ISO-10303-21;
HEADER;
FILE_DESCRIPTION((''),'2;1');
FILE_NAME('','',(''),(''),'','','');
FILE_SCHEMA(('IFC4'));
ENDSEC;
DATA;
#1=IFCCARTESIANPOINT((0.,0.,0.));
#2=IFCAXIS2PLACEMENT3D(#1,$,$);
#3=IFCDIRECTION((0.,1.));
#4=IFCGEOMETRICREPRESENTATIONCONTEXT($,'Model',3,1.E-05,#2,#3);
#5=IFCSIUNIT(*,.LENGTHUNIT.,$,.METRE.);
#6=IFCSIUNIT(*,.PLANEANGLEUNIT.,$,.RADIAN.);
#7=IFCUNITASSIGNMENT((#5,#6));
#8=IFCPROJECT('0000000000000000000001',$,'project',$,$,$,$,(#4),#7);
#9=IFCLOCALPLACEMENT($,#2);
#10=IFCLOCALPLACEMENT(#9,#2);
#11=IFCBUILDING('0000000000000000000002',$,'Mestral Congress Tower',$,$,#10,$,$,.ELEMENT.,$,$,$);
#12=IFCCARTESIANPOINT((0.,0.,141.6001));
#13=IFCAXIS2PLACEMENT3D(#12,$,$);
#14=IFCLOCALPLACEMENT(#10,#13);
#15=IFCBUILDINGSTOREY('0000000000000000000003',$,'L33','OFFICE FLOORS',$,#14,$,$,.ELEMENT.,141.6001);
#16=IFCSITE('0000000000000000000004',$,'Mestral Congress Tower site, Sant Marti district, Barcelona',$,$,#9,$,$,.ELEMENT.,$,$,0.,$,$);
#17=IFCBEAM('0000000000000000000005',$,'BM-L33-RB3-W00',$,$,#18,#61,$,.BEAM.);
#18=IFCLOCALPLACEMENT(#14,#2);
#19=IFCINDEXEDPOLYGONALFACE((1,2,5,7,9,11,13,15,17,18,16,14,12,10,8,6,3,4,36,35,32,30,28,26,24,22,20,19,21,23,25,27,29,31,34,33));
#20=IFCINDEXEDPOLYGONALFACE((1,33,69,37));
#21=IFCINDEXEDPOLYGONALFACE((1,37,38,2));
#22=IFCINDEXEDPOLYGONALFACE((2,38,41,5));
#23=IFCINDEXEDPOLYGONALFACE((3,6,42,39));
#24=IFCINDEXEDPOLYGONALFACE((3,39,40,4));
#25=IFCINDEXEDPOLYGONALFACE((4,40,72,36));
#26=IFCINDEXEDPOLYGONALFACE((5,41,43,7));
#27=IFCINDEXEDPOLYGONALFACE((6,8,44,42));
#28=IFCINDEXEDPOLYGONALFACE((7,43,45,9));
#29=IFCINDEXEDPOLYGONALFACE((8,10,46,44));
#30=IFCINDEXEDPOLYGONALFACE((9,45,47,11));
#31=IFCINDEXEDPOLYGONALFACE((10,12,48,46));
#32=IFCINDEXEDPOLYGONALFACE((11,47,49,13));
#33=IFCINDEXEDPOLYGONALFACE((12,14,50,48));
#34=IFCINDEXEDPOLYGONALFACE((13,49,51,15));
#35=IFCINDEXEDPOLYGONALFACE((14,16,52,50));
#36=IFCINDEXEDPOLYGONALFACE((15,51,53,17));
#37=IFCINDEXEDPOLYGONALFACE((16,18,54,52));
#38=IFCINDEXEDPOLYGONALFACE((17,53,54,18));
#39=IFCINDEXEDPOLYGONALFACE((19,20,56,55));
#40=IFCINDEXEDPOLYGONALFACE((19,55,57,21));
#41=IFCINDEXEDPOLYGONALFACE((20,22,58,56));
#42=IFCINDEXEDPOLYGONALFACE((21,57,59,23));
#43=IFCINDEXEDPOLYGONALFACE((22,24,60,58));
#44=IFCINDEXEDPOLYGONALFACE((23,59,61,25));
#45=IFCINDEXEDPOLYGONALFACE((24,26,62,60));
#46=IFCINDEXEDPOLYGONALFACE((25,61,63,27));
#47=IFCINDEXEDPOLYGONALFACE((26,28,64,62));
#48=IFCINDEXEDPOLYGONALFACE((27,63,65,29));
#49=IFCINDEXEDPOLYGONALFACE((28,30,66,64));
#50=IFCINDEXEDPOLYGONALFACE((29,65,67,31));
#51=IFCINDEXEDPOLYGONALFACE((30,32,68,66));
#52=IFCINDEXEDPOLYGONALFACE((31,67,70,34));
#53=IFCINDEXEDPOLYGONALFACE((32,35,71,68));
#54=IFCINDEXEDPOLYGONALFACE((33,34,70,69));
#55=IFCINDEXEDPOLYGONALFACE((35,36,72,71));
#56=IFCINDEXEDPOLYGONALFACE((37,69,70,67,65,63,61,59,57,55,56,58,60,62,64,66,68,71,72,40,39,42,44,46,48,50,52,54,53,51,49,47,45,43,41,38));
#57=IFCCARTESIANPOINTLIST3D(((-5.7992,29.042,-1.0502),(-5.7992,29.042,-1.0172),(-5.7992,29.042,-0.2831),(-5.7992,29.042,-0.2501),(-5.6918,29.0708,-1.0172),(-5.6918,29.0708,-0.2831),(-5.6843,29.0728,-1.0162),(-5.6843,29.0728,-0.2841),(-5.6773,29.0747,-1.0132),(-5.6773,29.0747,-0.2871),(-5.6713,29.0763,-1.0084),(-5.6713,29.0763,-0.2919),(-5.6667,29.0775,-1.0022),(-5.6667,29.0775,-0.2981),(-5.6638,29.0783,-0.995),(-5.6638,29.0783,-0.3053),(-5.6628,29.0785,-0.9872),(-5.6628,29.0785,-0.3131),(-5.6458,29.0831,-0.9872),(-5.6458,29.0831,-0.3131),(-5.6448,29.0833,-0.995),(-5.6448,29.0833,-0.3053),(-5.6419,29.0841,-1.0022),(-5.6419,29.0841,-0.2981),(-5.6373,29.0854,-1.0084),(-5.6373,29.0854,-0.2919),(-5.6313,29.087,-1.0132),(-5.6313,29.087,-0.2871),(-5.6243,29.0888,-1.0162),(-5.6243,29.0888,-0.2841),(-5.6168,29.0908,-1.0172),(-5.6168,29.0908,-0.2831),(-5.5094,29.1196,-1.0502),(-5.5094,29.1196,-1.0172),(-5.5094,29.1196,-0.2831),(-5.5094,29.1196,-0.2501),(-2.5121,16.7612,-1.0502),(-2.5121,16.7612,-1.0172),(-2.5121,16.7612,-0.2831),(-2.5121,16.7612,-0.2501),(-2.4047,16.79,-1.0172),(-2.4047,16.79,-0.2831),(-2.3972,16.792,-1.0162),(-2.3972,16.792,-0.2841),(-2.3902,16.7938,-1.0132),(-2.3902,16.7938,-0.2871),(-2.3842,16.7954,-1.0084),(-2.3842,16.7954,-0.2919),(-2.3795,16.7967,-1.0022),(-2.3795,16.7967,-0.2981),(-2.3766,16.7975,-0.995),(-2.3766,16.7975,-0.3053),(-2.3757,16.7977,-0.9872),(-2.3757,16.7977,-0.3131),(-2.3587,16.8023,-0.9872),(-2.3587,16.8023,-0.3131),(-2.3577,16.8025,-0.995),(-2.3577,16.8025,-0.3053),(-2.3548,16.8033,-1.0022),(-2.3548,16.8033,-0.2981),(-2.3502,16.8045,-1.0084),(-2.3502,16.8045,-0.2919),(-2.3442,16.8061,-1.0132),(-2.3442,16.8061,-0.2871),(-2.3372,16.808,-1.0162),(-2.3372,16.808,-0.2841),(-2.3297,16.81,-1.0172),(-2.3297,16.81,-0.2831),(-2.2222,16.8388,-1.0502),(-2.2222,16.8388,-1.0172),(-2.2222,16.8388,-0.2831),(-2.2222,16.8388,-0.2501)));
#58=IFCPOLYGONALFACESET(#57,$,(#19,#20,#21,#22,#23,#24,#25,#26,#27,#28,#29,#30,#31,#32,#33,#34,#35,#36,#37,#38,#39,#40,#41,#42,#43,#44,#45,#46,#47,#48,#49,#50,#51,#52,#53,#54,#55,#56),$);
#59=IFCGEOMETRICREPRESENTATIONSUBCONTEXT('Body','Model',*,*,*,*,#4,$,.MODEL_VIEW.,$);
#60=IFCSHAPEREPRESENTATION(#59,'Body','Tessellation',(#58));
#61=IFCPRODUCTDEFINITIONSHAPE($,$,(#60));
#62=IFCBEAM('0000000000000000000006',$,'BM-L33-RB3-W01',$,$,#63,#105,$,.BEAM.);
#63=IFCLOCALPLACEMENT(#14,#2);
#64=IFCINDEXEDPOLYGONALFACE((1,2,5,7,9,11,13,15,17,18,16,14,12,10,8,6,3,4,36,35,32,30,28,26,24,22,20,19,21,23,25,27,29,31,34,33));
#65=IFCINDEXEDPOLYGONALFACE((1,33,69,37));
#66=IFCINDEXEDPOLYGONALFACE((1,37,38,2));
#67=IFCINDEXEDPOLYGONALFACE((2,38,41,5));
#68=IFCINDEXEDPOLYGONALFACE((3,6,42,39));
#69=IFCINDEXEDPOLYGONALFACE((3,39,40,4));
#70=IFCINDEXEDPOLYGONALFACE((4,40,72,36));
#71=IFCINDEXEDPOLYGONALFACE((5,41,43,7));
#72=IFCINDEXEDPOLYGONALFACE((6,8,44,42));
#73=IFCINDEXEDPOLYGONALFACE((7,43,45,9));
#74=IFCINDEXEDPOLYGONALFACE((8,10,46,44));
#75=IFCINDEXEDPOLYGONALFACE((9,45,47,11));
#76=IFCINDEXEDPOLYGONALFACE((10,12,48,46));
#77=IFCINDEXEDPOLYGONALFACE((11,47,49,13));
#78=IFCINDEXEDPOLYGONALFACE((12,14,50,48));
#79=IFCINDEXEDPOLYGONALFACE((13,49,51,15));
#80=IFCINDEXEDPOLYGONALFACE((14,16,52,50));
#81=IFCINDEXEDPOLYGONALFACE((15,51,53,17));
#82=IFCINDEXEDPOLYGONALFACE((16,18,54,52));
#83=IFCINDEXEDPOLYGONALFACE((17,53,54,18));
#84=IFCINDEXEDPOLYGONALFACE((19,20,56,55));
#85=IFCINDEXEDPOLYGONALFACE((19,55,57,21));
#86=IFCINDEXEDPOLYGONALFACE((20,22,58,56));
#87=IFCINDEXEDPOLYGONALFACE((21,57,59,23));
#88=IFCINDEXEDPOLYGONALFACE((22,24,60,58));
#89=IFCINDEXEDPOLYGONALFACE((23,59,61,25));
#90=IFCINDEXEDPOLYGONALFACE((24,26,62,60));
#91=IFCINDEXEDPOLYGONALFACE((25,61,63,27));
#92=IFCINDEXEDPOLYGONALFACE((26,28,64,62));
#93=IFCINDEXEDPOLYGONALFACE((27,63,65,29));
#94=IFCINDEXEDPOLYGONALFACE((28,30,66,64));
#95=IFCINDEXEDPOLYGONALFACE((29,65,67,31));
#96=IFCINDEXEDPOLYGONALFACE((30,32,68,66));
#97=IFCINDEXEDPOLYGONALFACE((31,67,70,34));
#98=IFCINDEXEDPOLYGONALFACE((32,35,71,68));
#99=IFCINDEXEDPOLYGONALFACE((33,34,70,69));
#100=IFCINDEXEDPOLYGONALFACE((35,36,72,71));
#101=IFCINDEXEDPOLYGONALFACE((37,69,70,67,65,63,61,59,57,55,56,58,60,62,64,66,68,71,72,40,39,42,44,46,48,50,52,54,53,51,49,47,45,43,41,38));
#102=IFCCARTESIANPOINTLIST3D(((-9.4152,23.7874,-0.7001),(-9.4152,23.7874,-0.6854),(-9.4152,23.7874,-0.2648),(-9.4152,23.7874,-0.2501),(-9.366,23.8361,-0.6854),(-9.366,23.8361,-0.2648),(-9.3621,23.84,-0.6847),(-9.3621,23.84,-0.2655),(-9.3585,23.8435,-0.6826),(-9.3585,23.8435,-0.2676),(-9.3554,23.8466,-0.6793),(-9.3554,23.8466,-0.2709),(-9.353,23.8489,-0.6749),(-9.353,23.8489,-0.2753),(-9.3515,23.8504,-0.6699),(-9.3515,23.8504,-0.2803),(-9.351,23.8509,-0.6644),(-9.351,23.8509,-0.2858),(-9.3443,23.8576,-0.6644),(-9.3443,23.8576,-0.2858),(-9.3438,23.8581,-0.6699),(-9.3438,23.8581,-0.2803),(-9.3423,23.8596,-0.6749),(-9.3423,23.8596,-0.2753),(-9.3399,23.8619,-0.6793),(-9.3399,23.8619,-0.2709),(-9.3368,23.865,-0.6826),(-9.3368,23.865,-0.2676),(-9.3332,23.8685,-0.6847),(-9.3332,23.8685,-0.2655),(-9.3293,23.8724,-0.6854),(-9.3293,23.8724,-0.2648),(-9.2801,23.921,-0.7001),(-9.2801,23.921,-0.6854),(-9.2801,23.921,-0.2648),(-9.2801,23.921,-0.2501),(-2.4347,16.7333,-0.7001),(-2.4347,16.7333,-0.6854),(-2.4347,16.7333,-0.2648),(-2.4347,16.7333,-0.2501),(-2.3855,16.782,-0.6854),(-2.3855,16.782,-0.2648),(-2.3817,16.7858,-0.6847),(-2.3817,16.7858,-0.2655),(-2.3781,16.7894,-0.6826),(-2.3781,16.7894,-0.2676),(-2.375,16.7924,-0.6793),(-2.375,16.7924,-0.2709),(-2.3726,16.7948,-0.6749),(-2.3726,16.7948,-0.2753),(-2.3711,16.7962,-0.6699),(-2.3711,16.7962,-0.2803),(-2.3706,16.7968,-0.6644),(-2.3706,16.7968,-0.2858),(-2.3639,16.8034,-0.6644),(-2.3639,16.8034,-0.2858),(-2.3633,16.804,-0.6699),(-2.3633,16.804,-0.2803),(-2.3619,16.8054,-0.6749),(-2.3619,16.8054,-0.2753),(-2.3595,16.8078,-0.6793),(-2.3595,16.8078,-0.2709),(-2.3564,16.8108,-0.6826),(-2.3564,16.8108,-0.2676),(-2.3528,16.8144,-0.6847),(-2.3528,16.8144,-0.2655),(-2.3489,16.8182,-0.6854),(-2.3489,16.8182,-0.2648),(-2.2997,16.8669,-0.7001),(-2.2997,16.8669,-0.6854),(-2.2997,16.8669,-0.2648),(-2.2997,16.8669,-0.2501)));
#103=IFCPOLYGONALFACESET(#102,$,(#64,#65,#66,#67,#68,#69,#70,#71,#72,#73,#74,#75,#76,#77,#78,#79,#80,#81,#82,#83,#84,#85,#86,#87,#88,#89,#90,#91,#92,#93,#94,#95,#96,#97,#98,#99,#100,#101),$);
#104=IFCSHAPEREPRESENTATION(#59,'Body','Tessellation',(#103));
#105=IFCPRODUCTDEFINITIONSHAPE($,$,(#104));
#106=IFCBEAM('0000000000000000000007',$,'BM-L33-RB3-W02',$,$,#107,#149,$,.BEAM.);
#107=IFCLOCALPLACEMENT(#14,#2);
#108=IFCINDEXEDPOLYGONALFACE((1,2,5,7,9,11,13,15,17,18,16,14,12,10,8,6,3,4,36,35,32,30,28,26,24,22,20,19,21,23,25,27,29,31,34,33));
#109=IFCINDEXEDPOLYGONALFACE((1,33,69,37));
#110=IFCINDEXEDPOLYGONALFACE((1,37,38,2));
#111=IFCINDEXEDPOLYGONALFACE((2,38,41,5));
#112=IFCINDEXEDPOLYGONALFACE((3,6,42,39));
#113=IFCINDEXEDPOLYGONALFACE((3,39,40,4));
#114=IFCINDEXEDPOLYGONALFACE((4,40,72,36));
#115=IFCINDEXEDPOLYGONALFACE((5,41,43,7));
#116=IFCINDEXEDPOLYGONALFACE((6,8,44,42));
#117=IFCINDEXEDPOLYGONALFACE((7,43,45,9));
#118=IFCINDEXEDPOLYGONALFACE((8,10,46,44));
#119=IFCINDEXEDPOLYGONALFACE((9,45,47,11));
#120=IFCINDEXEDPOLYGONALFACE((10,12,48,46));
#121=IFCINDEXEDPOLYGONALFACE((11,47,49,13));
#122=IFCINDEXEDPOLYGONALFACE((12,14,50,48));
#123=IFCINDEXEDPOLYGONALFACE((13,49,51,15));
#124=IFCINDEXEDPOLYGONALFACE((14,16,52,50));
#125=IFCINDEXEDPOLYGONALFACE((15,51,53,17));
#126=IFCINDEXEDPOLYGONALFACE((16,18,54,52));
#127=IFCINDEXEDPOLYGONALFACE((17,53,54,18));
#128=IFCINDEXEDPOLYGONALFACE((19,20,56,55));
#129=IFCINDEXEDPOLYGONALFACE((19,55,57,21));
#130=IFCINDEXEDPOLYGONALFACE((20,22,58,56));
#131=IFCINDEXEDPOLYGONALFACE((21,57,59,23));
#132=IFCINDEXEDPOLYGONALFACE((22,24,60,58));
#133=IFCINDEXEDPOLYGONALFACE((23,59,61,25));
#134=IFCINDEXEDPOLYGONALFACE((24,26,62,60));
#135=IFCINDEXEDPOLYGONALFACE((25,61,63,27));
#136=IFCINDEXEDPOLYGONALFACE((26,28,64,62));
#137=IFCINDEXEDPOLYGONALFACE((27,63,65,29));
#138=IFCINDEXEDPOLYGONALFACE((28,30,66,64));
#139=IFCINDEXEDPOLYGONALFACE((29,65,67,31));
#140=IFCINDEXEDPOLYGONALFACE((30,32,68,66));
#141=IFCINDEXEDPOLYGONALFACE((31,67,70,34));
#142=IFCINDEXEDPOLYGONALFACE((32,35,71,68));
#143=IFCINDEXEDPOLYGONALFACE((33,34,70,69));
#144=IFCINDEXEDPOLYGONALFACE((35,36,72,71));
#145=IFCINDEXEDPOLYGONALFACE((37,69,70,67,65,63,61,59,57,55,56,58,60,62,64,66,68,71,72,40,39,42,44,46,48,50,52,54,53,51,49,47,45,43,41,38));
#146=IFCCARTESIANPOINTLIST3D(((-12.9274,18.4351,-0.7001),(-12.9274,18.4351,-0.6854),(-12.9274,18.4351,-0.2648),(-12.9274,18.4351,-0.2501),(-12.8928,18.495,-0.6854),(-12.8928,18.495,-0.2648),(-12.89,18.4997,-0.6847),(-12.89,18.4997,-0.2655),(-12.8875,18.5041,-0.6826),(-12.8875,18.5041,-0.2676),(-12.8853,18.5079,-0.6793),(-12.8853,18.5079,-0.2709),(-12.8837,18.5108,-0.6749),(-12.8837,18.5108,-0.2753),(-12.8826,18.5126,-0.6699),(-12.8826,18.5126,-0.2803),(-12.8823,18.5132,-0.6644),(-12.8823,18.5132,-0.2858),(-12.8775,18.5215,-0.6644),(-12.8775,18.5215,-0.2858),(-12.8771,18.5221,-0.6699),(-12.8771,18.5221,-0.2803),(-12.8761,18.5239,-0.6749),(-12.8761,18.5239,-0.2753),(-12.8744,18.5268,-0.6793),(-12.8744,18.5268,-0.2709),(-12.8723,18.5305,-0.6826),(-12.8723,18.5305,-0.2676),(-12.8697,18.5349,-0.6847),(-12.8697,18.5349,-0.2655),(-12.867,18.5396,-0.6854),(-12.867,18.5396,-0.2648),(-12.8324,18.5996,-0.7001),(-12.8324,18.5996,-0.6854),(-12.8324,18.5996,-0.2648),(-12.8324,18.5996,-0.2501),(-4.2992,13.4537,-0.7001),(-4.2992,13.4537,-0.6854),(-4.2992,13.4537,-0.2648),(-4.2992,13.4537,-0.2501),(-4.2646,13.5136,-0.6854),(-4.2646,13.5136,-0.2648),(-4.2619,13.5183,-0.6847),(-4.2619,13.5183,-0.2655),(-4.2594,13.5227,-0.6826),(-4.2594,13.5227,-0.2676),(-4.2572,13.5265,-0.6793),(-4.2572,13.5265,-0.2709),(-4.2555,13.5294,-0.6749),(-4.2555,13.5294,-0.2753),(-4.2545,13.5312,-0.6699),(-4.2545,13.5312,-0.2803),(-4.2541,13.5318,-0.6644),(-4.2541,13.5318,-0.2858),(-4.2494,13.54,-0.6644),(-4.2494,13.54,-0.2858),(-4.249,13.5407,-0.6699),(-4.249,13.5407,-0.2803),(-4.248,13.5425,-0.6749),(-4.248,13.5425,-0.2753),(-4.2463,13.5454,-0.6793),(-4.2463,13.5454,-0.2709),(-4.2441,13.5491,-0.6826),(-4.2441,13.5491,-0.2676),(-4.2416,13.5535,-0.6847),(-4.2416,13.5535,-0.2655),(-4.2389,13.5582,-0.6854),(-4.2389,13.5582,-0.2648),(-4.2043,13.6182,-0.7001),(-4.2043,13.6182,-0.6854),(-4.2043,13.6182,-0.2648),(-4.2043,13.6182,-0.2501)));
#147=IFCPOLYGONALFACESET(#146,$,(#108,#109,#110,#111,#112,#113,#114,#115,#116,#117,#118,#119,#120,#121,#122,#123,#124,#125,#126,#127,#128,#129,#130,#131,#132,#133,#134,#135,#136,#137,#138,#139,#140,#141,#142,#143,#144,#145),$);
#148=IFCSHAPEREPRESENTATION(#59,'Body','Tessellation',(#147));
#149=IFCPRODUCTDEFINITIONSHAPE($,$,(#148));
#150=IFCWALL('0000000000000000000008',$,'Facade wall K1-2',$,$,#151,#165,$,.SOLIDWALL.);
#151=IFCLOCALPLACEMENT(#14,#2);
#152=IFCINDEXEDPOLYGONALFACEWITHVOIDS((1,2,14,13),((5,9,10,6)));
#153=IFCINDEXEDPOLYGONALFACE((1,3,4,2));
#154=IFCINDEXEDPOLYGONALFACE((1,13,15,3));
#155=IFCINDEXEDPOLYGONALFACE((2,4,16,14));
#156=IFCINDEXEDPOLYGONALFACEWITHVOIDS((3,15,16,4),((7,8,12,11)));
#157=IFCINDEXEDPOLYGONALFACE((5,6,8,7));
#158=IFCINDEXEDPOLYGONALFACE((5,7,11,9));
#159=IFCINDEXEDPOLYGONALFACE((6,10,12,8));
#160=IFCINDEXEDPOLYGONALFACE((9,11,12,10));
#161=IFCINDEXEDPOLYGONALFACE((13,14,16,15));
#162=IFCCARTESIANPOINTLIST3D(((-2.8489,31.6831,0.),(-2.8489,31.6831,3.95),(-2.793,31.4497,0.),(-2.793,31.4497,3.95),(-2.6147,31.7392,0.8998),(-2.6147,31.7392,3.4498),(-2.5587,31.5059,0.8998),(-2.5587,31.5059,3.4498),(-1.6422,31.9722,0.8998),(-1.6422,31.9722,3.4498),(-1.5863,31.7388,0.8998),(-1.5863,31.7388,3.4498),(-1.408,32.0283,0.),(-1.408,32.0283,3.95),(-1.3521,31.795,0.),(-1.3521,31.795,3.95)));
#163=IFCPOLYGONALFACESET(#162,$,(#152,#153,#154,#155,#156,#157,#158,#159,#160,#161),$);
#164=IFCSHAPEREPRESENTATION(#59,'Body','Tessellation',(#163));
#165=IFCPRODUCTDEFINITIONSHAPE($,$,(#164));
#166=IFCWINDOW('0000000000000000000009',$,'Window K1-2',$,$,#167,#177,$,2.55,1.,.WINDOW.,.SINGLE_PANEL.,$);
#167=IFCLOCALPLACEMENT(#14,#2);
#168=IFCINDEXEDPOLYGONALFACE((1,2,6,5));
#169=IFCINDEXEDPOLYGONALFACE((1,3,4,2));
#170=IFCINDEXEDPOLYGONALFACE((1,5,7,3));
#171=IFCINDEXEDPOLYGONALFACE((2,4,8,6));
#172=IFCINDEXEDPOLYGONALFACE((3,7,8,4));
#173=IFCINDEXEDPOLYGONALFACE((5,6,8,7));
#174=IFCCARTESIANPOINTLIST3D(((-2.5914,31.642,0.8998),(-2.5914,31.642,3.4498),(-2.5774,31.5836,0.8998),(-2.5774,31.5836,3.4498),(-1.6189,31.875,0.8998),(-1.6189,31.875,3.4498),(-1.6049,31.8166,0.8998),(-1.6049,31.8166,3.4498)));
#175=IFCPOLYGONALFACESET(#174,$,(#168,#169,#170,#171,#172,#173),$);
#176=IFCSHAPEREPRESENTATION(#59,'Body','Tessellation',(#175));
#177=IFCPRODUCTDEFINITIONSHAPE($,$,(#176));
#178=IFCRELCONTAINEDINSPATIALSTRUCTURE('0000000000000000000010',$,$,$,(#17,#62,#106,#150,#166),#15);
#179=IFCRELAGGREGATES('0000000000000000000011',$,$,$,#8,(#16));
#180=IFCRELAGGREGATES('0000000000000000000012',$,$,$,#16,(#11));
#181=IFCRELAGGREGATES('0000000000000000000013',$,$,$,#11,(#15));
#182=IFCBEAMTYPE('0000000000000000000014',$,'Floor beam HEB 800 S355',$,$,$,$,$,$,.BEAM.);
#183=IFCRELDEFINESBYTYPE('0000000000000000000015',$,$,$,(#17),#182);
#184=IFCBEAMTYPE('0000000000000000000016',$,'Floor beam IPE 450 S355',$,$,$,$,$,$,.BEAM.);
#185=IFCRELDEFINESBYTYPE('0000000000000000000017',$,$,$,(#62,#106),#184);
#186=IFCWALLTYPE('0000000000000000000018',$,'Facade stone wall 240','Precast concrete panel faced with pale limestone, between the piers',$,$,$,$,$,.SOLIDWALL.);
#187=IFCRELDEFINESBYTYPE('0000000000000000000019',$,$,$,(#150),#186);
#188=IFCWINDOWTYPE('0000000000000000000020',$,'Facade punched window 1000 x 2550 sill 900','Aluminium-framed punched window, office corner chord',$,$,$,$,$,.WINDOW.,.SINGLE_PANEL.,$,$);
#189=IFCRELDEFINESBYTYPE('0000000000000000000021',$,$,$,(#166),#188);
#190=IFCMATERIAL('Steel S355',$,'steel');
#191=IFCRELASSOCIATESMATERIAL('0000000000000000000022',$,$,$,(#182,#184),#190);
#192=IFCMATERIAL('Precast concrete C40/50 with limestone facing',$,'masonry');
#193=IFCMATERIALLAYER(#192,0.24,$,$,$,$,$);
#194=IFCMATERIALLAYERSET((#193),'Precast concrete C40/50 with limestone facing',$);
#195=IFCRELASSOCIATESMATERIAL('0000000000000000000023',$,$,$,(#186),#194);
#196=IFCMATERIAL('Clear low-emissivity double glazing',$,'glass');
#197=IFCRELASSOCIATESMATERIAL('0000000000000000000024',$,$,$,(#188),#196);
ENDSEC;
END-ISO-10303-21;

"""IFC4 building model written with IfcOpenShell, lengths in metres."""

from ifc_helpers import new_model, si_unit, direction, frame, frame_2d, origin, origin_2d, place, context, subcontext, project, spatial, rectangle, i_section, extrude, material, layer, layer_set, material_profile, profile_set, type_object, element, fill, save


model = new_model("IFC4")

# Units and contexts
model_context = context("Model", 3, precision=1e-05, world=origin(), true_north=direction((0.0, 1.0)))
body_context = subcontext(model_context, "Body", "Model", "MODEL_VIEW")
ifc_project = project(units=[si_unit("LENGTHUNIT", "METRE"), si_unit("PLANEANGLEUNIT", "RADIAN")], contexts=[model_context])

# Site, building, storey
site_placement = place(None, origin())
site = spatial("IfcSite", under=ifc_project, at=site_placement, Name="Mestral Congress Tower site, Sant Marti district, Barcelona", CompositionType="ELEMENT", RefElevation=0.0)
building_placement = place(site_placement, origin())
building = spatial("IfcBuilding", under=site, at=building_placement, Name="Mestral Congress Tower", CompositionType="ELEMENT")
storey_placement = place(building_placement, frame((0.0, 0.0, 141.6001)))
storey = spatial("IfcBuildingStorey", under=building, at=storey_placement, Name="L33", Description="OFFICE FLOORS", CompositionType="ELEMENT", Elevation=141.6001)

# Beams
ifc_material_1 = material(Name="Steel S355", Category="steel")
ifc_material_profile_1 = material_profile(ifc_material_1, i_section(OverallWidth=0.3, OverallDepth=0.8, WebThickness=0.0176, FlangeThickness=0.033, FilletRadius=0.03, at=origin_2d()), Name="HEB 800")
ifc_profile_set_1 = profile_set([ifc_material_profile_1], Name="Steel S355")
beam_type_1 = type_object("IfcBeamType", Name="Floor beam HEB 800 S355", PredefinedType="BEAM", material=ifc_profile_set_1)
beam_1_placement = place(storey_placement, frame((-5.6543, 29.0808, -0.6501), z_axis=(0.258561, -0.965995, 0.0), x_axis=(0.965995, 0.258561, 0.0)))
element("IfcBeam", 1, at=beam_1_placement, inside=storey, type_object=beam_type_1, Name="BM-L33-RB3-W00", PredefinedType="BEAM", context=body_context, shape_type="SweptSolid", body=[
    extrude(i_section(OverallWidth=0.3, OverallDepth=0.8, WebThickness=0.0176, FlangeThickness=0.033, FilletRadius=0.03, at=origin_2d()), origin(), (0.0, 0.0, 1.0), 12.7131),
])
ifc_material_profile_2 = material_profile(ifc_material_1, i_section(OverallWidth=0.1899, OverallDepth=0.45, WebThickness=0.0095, FlangeThickness=0.0146, FilletRadius=0.021, at=origin_2d()), Name="IPE 450")
ifc_profile_set_2 = profile_set([ifc_material_profile_2], Name="Steel S355")
beam_type_2 = type_object("IfcBeamType", Name="Floor beam IPE 450 S355", PredefinedType="BEAM", material=ifc_profile_set_2)
beam_2_placement = place(storey_placement, frame((-9.3477, 23.8542, -0.4751), z_axis=(0.703382, -0.710812, 0.0), x_axis=(0.710812, 0.703382, 0.0)))
element("IfcBeam", 2, at=beam_2_placement, inside=storey, type_object=beam_type_2, Name="BM-L33-RB3-W01", PredefinedType="BEAM", context=body_context, shape_type="SweptSolid", body=[
    extrude(i_section(OverallWidth=0.1899, OverallDepth=0.45, WebThickness=0.0095, FlangeThickness=0.0146, FilletRadius=0.021, at=origin_2d()), origin(), (0.0, 0.0, 1.0), 9.9241),
])
beam_3_placement = place(storey_placement, frame((-12.8799, 18.5173, -0.4751), z_axis=(0.866027, -0.499998, 0.0), x_axis=(0.499998, 0.866027, 0.0)))
element("IfcBeam", 3, at=beam_3_placement, inside=storey, type_object=beam_type_2, Name="BM-L33-RB3-W02", PredefinedType="BEAM", context=body_context, shape_type="SweptSolid", body=[
    extrude(i_section(OverallWidth=0.1899, OverallDepth=0.45, WebThickness=0.0095, FlangeThickness=0.0146, FilletRadius=0.021, at=origin_2d()), origin(), (0.0, 0.0, 1.0), 9.9629),
])

# Wall, opening, window
ifc_material_2 = material(Name="Precast concrete C40/50 with limestone facing", Category="masonry")
ifc_layer_1 = layer(ifc_material_2, 0.24)
ifc_layer_set_1 = layer_set([ifc_layer_1], Name="Precast concrete C40/50 with limestone facing")
wall_type_1 = type_object("IfcWallType", Name="Facade stone wall 240", Description="Precast concrete panel faced with pale limestone, between the piers", PredefinedType="SOLIDWALL", material=ifc_layer_set_1)
wall_1_placement = place(storey_placement, frame((-1.3801, 31.9116, 0.0), z_axis=(0.0, 0.0, 1.0), x_axis=(-0.97248, -0.232987, 0.0)))
wall_1 = element("IfcWall", 4, at=wall_1_placement, inside=storey, type_object=wall_type_1, Name="Facade wall K1-2", PredefinedType="SOLIDWALL", context=body_context, shape_type="SweptSolid", body=[
    extrude(rectangle(XDim=1.4817, YDim=0.24, at=frame_2d((0.7407, 0.0))), origin(), (0.0, 0.0, 1.0), 3.95),
])
opening_1_placement = place(wall_1_placement, frame((0.2407, 0.0, 0.8999)))
opening_1 = element("IfcOpeningElement", 5, at=opening_1_placement, cuts=wall_1, PredefinedType="OPENING", context=body_context, shape_type="SweptSolid", body=[
    extrude(rectangle(XDim=1.0, YDim=2.55, at=frame_2d((0.5, 1.2749))), frame((0.0, 0.1299, 0.0), z_axis=(0.0, -1.0, 0.0), x_axis=(1.0, 0.0, 0.0)), (0.0, 0.0, 1.0), 0.26),
])
ifc_material_3 = material(Name="Clear low-emissivity double glazing", Category="glass")
window_type_1 = type_object("IfcWindowType", Name="Facade punched window 1000 x 2550 sill 900", Description="Aluminium-framed punched window, office corner chord", PartitioningType="SINGLE_PANEL", PredefinedType="WINDOW", material=ifc_material_3)
window_1_placement = place(opening_1_placement, origin())
window_1 = element("IfcWindow", 6, at=window_1_placement, inside=storey, type_object=window_type_1, Name="Window K1-2", OverallHeight=2.55, OverallWidth=1.0, PartitioningType="SINGLE_PANEL", PredefinedType="WINDOW", context=body_context, shape_type="SweptSolid", body=[
    extrude(rectangle(XDim=1.0, YDim=2.55, at=frame_2d((0.5, 1.2749))), frame((0.0, 0.04, 0.0), z_axis=(0.0, -1.0, 0.0), x_axis=(1.0, 0.0, 0.0)), (0.0, 0.0, 1.0), 0.0601),
])
fill(opening_1, window_1)

save(model, "model.ifc")
